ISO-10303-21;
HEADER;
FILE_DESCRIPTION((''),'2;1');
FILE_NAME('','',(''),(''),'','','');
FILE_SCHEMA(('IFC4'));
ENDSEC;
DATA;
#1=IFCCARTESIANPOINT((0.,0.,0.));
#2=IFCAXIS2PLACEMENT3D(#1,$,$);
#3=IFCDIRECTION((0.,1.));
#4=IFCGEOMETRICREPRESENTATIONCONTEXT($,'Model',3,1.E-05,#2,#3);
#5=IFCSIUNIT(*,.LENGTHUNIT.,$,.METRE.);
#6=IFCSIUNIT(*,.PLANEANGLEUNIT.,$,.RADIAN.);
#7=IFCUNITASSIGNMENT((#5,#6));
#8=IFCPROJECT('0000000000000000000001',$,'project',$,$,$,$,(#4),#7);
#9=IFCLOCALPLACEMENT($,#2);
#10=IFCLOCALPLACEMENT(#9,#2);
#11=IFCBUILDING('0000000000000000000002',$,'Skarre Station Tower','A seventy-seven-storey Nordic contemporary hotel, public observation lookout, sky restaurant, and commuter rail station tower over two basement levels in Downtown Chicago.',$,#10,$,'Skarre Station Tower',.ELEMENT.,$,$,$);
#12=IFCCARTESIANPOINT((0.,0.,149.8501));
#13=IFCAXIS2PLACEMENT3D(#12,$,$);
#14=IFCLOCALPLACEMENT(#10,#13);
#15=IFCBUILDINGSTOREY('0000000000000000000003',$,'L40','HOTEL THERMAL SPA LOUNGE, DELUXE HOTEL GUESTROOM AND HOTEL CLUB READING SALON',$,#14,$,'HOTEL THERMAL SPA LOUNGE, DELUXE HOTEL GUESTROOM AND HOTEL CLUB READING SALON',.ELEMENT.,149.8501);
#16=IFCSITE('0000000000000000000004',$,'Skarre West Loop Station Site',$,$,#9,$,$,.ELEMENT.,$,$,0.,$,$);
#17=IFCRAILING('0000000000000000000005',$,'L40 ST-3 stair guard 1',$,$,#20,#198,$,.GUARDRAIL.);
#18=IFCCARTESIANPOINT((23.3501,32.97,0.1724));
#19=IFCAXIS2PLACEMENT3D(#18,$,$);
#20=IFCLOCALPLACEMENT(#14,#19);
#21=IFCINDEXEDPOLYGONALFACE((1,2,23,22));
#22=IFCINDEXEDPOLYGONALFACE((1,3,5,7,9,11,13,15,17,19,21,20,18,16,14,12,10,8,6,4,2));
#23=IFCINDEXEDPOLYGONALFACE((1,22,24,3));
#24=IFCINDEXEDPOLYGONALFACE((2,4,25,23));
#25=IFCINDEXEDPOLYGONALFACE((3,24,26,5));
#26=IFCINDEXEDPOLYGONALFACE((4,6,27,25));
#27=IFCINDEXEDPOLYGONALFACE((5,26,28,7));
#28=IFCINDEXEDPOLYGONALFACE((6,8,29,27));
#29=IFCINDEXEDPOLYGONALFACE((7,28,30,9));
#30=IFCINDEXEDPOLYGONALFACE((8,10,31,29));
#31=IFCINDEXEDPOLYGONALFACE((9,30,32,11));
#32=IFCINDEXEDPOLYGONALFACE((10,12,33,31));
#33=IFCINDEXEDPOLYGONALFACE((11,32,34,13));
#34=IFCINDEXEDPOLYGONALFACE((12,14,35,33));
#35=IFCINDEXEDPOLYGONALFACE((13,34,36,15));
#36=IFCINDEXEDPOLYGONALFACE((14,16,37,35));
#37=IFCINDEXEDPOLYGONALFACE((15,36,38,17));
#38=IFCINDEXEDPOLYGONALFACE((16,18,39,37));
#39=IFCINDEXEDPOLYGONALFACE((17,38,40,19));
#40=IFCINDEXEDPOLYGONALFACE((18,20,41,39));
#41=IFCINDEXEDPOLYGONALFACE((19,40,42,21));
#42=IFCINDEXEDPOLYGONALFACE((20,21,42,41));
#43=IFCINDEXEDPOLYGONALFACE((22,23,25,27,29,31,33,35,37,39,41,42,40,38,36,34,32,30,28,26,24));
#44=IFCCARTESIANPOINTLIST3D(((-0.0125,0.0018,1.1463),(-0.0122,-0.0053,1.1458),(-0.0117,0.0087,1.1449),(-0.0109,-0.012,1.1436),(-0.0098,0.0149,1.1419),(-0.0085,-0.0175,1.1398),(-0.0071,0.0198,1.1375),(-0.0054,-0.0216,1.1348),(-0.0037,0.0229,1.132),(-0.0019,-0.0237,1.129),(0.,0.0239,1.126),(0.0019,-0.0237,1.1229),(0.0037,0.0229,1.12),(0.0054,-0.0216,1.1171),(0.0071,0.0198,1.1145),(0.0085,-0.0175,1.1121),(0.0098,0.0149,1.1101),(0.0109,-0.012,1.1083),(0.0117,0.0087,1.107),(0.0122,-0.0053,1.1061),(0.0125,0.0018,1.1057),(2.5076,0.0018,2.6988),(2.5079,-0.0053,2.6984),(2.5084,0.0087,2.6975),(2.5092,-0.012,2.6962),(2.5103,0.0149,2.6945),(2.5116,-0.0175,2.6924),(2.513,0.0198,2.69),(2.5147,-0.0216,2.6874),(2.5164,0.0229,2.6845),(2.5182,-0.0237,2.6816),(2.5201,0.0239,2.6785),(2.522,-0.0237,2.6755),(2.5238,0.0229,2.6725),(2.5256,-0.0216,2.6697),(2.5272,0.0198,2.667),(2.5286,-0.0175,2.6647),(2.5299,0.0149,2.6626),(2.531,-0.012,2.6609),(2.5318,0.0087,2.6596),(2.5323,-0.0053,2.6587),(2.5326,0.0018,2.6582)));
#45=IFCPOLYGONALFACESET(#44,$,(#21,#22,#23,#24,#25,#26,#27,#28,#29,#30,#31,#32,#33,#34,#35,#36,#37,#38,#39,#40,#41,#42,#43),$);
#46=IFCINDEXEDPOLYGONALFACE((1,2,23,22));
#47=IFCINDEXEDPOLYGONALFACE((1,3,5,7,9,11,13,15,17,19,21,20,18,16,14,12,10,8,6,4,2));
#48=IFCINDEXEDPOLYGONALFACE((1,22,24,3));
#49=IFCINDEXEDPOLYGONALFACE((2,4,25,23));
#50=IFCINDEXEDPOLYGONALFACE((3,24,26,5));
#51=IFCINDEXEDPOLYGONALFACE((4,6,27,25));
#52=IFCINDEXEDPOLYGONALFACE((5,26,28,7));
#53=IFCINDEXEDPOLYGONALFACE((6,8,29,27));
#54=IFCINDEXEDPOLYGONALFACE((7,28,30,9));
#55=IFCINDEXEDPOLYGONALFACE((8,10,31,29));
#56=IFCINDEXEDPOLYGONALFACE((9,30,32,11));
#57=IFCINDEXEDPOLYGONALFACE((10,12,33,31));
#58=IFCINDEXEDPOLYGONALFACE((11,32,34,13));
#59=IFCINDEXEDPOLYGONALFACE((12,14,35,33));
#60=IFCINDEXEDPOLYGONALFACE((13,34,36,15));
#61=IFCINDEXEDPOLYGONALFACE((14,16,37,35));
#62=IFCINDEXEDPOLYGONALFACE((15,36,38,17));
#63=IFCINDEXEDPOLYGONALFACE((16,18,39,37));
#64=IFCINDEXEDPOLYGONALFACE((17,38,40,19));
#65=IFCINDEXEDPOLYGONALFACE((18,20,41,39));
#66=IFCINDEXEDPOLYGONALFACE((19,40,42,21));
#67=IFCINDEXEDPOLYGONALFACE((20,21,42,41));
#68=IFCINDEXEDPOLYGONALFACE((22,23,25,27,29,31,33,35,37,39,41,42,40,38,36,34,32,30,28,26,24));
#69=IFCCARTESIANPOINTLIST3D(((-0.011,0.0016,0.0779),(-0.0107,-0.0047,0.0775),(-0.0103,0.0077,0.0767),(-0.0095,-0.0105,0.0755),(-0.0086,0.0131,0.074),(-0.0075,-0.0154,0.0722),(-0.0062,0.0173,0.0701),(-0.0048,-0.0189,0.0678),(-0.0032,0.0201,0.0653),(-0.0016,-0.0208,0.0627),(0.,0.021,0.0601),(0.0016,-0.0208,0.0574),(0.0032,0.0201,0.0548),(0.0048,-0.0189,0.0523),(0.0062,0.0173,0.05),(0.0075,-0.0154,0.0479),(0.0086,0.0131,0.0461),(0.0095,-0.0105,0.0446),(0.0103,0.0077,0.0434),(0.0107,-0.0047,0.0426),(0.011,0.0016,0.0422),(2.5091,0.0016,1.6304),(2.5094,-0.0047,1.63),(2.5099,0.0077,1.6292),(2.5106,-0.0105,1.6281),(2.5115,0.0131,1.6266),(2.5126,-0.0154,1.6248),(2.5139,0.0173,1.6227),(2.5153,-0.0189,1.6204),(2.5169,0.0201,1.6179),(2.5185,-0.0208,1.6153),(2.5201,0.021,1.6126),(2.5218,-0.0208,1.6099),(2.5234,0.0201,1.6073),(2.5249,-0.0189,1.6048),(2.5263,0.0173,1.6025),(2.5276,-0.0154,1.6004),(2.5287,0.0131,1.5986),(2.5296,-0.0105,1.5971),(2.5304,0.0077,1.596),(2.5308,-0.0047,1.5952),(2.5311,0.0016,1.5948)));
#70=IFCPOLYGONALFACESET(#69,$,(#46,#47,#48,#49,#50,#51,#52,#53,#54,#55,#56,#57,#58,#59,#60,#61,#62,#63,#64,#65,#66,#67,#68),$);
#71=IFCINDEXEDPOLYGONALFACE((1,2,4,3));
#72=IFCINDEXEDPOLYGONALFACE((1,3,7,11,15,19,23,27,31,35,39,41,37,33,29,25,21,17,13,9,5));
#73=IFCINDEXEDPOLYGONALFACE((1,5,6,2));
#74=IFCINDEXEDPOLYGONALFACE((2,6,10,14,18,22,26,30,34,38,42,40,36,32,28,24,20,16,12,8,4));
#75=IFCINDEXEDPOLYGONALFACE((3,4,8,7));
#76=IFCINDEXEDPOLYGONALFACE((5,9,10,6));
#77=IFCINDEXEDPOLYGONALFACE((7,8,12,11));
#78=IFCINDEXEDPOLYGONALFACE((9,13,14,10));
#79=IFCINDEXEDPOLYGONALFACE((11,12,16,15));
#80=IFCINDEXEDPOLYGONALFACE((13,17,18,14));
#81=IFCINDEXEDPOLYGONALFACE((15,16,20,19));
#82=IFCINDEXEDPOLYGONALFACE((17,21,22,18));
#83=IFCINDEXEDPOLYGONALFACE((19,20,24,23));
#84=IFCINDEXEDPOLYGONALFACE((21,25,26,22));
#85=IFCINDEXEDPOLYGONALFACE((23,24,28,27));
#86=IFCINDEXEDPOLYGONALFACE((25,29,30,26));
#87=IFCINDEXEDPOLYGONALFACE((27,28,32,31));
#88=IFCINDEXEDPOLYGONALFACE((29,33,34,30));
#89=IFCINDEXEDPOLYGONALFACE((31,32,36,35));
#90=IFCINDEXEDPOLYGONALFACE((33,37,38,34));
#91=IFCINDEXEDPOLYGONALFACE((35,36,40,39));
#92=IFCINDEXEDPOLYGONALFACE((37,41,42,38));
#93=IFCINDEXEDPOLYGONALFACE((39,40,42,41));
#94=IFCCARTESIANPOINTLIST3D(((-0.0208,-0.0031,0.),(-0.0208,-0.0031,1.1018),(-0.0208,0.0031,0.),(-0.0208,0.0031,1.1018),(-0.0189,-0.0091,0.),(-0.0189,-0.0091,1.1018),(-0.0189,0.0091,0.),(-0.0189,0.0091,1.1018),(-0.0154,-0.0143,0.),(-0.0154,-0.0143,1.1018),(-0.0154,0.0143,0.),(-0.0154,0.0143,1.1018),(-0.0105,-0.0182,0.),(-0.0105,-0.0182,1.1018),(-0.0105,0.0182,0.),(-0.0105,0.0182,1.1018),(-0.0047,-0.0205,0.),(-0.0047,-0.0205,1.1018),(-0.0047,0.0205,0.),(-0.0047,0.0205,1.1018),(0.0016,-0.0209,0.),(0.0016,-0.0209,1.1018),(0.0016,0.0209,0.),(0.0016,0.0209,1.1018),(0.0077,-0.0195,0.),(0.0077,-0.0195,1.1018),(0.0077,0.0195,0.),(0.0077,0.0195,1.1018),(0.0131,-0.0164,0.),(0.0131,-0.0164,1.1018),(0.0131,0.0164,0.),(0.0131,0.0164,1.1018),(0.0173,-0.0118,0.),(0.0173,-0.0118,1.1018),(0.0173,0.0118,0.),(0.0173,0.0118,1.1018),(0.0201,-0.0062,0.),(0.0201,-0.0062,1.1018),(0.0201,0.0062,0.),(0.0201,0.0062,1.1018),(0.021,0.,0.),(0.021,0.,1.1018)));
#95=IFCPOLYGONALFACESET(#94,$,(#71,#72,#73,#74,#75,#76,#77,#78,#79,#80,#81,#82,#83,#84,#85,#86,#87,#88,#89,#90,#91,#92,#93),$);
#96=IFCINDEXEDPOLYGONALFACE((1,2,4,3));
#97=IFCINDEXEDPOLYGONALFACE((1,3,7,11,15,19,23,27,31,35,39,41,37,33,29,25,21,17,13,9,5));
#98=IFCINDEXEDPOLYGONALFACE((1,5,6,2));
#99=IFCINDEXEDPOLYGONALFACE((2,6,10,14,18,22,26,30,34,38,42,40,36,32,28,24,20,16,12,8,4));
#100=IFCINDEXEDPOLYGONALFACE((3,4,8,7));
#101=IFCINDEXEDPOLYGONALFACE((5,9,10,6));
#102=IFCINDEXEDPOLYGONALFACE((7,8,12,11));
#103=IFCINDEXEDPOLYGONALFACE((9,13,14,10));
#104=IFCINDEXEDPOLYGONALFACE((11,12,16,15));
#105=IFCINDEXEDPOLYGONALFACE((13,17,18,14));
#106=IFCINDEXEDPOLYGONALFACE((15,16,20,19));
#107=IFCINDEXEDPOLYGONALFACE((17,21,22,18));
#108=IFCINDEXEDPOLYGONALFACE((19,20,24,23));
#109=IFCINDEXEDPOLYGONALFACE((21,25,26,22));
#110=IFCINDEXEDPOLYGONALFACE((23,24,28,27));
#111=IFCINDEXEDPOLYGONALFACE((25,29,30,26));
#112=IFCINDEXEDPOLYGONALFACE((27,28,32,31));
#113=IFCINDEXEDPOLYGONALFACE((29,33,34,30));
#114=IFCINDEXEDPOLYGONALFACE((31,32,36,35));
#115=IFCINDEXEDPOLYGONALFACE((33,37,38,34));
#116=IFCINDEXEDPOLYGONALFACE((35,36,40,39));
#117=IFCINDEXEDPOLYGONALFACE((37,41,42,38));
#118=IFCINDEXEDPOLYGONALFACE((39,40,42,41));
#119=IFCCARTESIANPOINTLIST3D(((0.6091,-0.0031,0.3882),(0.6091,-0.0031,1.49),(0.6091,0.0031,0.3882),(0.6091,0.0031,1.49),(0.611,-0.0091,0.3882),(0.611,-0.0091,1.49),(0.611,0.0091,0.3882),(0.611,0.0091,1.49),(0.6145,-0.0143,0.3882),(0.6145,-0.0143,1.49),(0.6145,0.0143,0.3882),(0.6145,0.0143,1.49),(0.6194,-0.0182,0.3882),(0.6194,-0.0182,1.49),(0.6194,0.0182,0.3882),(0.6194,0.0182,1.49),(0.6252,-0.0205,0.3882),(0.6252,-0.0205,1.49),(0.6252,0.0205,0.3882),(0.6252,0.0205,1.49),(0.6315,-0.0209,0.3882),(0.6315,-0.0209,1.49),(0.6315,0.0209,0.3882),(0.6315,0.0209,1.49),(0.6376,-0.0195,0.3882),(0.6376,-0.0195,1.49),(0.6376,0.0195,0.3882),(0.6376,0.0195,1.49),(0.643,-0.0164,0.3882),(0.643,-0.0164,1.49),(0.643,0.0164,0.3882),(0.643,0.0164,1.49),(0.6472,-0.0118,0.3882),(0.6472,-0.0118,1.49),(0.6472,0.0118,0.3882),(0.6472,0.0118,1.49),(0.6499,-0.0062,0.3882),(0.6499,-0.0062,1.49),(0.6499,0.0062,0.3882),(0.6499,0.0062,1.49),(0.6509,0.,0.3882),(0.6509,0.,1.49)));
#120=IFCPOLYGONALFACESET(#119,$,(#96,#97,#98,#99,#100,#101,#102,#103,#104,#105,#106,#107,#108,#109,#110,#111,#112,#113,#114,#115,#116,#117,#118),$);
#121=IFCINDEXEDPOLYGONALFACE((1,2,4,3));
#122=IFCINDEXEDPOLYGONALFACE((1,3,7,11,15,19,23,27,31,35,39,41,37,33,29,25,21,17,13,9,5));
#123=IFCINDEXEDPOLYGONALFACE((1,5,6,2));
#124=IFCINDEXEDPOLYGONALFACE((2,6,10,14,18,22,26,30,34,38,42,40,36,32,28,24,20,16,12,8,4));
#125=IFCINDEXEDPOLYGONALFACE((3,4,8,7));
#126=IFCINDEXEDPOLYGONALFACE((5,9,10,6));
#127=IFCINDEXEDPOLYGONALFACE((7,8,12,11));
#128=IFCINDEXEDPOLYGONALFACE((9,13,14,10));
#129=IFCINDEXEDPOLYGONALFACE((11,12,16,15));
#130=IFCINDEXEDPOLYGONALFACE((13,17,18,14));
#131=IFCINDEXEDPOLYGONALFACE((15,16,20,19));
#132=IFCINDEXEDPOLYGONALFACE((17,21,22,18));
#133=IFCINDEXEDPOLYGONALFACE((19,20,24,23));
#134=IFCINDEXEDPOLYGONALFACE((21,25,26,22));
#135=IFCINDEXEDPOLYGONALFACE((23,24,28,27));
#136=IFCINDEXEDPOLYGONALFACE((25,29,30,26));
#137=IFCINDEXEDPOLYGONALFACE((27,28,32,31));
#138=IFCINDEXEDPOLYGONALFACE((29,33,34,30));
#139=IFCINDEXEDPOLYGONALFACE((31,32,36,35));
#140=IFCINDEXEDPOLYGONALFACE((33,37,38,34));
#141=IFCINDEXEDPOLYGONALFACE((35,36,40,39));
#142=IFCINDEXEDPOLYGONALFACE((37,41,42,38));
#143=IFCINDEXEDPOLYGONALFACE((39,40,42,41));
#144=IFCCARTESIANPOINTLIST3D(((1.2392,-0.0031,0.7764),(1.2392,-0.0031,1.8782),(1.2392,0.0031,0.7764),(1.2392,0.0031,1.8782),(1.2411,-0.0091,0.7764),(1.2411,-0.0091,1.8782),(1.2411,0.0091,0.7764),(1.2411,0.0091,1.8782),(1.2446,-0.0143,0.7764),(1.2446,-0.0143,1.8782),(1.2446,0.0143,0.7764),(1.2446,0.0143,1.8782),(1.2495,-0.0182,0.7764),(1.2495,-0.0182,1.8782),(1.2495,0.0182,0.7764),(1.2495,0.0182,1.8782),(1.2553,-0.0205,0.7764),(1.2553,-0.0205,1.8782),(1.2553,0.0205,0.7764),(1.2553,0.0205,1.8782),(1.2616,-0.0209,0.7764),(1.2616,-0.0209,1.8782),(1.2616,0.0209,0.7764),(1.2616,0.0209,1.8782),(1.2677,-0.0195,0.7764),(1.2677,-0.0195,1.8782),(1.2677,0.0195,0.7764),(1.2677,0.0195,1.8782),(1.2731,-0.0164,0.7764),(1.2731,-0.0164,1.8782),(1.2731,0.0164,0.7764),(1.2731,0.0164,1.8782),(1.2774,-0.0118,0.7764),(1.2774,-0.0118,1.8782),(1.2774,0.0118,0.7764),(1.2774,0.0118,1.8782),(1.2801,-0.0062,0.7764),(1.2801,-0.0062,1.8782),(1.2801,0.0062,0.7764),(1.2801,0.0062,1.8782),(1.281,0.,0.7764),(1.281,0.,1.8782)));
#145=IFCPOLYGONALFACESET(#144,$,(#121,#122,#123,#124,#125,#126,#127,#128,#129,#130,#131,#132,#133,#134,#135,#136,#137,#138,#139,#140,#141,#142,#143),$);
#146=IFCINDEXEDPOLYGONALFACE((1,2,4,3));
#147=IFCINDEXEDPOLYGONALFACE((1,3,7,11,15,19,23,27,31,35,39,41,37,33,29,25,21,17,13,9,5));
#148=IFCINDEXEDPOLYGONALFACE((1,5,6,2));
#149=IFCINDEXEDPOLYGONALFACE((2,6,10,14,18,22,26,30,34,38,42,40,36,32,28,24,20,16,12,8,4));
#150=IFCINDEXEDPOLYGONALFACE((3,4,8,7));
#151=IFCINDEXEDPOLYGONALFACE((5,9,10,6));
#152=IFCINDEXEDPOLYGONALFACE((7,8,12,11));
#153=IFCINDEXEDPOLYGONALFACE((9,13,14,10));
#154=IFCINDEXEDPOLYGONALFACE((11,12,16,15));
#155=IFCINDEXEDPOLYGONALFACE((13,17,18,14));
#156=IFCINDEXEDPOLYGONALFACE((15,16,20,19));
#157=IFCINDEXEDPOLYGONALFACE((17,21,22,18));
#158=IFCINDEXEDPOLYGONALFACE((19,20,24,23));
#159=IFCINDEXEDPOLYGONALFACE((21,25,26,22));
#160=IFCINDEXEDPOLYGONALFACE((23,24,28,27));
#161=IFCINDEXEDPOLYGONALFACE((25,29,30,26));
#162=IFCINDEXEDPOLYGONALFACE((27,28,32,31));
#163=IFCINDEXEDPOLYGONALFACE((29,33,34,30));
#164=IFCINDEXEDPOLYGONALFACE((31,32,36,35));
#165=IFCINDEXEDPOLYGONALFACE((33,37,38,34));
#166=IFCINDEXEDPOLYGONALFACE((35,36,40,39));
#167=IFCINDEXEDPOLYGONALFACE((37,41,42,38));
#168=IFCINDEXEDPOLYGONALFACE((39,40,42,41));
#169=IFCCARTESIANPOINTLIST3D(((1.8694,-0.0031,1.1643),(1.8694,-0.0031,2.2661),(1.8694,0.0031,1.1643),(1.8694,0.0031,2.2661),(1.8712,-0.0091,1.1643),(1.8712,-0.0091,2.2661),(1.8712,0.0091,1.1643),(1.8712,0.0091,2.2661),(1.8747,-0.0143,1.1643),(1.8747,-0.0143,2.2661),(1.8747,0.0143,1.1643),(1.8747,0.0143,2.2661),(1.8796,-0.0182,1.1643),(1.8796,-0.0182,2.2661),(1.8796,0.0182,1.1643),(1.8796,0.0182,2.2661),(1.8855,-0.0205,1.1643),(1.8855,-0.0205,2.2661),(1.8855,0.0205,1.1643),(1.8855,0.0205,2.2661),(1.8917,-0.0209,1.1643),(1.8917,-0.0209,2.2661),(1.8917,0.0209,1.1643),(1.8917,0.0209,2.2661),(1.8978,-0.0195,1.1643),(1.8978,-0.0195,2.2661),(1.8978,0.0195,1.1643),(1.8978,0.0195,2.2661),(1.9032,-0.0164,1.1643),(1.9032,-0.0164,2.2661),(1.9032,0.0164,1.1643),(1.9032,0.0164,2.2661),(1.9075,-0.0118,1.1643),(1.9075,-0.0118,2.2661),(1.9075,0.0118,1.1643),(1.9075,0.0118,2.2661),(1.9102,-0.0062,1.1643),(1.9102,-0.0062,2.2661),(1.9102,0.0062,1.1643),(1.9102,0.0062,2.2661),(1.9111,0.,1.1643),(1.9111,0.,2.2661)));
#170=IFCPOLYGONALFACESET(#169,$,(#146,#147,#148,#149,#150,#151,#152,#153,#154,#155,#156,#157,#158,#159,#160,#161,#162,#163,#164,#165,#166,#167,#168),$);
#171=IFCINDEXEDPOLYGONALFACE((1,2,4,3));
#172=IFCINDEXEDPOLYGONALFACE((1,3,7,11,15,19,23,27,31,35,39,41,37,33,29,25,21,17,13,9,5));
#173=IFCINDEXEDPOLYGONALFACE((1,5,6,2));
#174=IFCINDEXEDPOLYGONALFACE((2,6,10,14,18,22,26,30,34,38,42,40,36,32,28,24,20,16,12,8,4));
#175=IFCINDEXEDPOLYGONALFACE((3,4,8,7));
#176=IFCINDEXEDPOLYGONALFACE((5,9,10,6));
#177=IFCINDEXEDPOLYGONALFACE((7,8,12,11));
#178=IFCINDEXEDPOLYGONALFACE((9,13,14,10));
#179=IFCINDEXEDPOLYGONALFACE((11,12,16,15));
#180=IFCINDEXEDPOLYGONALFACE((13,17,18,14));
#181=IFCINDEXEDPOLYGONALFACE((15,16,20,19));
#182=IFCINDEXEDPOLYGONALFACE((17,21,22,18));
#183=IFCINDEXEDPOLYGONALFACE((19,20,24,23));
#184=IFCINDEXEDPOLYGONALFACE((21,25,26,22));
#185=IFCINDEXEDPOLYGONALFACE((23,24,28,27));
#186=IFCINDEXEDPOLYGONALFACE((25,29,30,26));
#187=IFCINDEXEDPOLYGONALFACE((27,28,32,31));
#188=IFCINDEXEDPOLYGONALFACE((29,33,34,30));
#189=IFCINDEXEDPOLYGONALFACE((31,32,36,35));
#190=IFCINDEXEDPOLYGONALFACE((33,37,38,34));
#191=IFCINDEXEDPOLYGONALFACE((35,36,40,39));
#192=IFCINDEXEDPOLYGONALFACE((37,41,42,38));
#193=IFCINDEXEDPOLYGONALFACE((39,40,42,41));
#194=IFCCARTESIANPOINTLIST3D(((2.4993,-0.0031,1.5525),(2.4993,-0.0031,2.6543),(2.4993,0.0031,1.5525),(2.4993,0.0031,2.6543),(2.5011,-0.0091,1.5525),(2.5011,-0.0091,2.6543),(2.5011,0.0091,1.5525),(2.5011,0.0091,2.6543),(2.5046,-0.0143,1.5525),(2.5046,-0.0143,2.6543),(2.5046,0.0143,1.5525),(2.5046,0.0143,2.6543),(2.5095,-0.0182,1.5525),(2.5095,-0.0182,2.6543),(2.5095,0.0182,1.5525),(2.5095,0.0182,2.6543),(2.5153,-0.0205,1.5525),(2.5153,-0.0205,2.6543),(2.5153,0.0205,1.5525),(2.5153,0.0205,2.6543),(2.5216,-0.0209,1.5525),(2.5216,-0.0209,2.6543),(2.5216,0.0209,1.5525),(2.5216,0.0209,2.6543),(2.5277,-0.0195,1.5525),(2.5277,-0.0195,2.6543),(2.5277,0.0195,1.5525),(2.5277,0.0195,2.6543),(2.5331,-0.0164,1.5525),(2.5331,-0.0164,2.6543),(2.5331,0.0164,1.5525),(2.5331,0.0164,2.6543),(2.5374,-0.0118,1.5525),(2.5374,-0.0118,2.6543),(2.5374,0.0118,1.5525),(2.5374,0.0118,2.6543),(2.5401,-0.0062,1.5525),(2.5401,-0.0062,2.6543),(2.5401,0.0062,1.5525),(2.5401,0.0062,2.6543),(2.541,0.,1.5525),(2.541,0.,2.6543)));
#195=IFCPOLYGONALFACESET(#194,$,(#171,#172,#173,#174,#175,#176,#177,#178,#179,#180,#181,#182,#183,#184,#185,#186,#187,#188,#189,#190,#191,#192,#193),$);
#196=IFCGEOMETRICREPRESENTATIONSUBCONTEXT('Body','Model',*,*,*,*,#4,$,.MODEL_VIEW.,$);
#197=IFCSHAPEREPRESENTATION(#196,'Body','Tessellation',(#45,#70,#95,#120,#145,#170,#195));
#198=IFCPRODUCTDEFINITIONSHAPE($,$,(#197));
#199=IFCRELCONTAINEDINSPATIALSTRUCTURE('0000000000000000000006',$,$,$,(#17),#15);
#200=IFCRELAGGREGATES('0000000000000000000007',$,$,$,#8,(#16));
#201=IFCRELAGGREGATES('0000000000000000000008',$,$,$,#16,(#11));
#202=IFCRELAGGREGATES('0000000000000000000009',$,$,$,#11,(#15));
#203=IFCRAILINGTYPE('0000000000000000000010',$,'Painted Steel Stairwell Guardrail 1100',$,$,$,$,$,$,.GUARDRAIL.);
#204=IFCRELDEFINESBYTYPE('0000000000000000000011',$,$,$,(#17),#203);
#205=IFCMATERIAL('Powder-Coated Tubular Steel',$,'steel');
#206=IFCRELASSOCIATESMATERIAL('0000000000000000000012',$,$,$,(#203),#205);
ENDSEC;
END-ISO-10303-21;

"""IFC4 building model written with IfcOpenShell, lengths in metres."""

from ifc_helpers import new_model, si_unit, direction, frame, origin, origin_2d, place, context, subcontext, project, spatial, circle, extrude, material, type_object, element, save


model = new_model("IFC4")

# Units and contexts
model_context = context("Model", 3, precision=1e-05, world=origin(), true_north=direction((0.0, 1.0)))
body_context = subcontext(model_context, "Body", "Model", "MODEL_VIEW")
ifc_project = project(units=[si_unit("LENGTHUNIT", "METRE"), si_unit("PLANEANGLEUNIT", "RADIAN")], contexts=[model_context])

# Site, building, storey
site_placement = place(None, origin())
site = spatial("IfcSite", under=ifc_project, at=site_placement, Name="Skarre West Loop Station Site", CompositionType="ELEMENT", RefElevation=0.0)
building_placement = place(site_placement, origin())
building = spatial("IfcBuilding", under=site, at=building_placement, Name="Skarre Station Tower", Description="A seventy-seven-storey Nordic contemporary hotel, public observation lookout, sky restaurant, and commuter rail station tower over two basement levels in Downtown Chicago.", LongName="Skarre Station Tower", CompositionType="ELEMENT")
storey_placement = place(building_placement, frame((0.0, 0.0, 149.8501)))
storey = spatial("IfcBuildingStorey", under=building, at=storey_placement, Name="L40", Description="HOTEL THERMAL SPA LOUNGE, DELUXE HOTEL GUESTROOM AND HOTEL CLUB READING SALON", LongName="HOTEL THERMAL SPA LOUNGE, DELUXE HOTEL GUESTROOM AND HOTEL CLUB READING SALON", CompositionType="ELEMENT", Elevation=149.8501)

# Railing
ifc_material_1 = material(Name="Powder-Coated Tubular Steel", Category="steel")
railing_type_1 = type_object("IfcRailingType", Name="Painted Steel Stairwell Guardrail 1100", PredefinedType="GUARDRAIL", material=ifc_material_1)
railing_1_placement = place(storey_placement, frame((23.3501, 32.97, 0.1724)))
element("IfcRailing", 1, at=railing_1_placement, inside=storey, type_object=railing_type_1, Name="L40 ST-3 stair guard 1", PredefinedType="GUARDRAIL", context=body_context, shape_type="SweptSolid", body=[
    extrude(circle(Radius=0.0239, at=origin_2d()), frame((0.0, 0.0, 1.126), z_axis=(0.8514, 0.0, 0.524516), x_axis=(0.0, 1.0, 0.0)), (0.0, 0.0, 1.0), 2.96),
    extrude(circle(Radius=0.021, at=origin_2d()), frame((0.0, 0.0, 0.0601), z_axis=(0.8514, 0.0, 0.524516), x_axis=(0.0, 1.0, 0.0)), (0.0, 0.0, 1.0), 2.96),
    extrude(circle(Radius=0.021, at=origin_2d()), origin(), (0.0, 0.0, 1.0), 1.1018),
    extrude(circle(Radius=0.021, at=origin_2d()), frame((0.6299, 0.0, 0.3882)), (0.0, 0.0, 1.0), 1.1018),
    extrude(circle(Radius=0.021, at=origin_2d()), frame((1.26, 0.0, 0.7764)), (0.0, 0.0, 1.0), 1.1018),
    extrude(circle(Radius=0.021, at=origin_2d()), frame((1.8901, 0.0, 1.1643)), (0.0, 0.0, 1.0), 1.1018),
    extrude(circle(Radius=0.021, at=origin_2d()), frame((2.52, 0.0, 1.5525)), (0.0, 0.0, 1.0), 1.1018),
])

save(model, "model.ifc")
